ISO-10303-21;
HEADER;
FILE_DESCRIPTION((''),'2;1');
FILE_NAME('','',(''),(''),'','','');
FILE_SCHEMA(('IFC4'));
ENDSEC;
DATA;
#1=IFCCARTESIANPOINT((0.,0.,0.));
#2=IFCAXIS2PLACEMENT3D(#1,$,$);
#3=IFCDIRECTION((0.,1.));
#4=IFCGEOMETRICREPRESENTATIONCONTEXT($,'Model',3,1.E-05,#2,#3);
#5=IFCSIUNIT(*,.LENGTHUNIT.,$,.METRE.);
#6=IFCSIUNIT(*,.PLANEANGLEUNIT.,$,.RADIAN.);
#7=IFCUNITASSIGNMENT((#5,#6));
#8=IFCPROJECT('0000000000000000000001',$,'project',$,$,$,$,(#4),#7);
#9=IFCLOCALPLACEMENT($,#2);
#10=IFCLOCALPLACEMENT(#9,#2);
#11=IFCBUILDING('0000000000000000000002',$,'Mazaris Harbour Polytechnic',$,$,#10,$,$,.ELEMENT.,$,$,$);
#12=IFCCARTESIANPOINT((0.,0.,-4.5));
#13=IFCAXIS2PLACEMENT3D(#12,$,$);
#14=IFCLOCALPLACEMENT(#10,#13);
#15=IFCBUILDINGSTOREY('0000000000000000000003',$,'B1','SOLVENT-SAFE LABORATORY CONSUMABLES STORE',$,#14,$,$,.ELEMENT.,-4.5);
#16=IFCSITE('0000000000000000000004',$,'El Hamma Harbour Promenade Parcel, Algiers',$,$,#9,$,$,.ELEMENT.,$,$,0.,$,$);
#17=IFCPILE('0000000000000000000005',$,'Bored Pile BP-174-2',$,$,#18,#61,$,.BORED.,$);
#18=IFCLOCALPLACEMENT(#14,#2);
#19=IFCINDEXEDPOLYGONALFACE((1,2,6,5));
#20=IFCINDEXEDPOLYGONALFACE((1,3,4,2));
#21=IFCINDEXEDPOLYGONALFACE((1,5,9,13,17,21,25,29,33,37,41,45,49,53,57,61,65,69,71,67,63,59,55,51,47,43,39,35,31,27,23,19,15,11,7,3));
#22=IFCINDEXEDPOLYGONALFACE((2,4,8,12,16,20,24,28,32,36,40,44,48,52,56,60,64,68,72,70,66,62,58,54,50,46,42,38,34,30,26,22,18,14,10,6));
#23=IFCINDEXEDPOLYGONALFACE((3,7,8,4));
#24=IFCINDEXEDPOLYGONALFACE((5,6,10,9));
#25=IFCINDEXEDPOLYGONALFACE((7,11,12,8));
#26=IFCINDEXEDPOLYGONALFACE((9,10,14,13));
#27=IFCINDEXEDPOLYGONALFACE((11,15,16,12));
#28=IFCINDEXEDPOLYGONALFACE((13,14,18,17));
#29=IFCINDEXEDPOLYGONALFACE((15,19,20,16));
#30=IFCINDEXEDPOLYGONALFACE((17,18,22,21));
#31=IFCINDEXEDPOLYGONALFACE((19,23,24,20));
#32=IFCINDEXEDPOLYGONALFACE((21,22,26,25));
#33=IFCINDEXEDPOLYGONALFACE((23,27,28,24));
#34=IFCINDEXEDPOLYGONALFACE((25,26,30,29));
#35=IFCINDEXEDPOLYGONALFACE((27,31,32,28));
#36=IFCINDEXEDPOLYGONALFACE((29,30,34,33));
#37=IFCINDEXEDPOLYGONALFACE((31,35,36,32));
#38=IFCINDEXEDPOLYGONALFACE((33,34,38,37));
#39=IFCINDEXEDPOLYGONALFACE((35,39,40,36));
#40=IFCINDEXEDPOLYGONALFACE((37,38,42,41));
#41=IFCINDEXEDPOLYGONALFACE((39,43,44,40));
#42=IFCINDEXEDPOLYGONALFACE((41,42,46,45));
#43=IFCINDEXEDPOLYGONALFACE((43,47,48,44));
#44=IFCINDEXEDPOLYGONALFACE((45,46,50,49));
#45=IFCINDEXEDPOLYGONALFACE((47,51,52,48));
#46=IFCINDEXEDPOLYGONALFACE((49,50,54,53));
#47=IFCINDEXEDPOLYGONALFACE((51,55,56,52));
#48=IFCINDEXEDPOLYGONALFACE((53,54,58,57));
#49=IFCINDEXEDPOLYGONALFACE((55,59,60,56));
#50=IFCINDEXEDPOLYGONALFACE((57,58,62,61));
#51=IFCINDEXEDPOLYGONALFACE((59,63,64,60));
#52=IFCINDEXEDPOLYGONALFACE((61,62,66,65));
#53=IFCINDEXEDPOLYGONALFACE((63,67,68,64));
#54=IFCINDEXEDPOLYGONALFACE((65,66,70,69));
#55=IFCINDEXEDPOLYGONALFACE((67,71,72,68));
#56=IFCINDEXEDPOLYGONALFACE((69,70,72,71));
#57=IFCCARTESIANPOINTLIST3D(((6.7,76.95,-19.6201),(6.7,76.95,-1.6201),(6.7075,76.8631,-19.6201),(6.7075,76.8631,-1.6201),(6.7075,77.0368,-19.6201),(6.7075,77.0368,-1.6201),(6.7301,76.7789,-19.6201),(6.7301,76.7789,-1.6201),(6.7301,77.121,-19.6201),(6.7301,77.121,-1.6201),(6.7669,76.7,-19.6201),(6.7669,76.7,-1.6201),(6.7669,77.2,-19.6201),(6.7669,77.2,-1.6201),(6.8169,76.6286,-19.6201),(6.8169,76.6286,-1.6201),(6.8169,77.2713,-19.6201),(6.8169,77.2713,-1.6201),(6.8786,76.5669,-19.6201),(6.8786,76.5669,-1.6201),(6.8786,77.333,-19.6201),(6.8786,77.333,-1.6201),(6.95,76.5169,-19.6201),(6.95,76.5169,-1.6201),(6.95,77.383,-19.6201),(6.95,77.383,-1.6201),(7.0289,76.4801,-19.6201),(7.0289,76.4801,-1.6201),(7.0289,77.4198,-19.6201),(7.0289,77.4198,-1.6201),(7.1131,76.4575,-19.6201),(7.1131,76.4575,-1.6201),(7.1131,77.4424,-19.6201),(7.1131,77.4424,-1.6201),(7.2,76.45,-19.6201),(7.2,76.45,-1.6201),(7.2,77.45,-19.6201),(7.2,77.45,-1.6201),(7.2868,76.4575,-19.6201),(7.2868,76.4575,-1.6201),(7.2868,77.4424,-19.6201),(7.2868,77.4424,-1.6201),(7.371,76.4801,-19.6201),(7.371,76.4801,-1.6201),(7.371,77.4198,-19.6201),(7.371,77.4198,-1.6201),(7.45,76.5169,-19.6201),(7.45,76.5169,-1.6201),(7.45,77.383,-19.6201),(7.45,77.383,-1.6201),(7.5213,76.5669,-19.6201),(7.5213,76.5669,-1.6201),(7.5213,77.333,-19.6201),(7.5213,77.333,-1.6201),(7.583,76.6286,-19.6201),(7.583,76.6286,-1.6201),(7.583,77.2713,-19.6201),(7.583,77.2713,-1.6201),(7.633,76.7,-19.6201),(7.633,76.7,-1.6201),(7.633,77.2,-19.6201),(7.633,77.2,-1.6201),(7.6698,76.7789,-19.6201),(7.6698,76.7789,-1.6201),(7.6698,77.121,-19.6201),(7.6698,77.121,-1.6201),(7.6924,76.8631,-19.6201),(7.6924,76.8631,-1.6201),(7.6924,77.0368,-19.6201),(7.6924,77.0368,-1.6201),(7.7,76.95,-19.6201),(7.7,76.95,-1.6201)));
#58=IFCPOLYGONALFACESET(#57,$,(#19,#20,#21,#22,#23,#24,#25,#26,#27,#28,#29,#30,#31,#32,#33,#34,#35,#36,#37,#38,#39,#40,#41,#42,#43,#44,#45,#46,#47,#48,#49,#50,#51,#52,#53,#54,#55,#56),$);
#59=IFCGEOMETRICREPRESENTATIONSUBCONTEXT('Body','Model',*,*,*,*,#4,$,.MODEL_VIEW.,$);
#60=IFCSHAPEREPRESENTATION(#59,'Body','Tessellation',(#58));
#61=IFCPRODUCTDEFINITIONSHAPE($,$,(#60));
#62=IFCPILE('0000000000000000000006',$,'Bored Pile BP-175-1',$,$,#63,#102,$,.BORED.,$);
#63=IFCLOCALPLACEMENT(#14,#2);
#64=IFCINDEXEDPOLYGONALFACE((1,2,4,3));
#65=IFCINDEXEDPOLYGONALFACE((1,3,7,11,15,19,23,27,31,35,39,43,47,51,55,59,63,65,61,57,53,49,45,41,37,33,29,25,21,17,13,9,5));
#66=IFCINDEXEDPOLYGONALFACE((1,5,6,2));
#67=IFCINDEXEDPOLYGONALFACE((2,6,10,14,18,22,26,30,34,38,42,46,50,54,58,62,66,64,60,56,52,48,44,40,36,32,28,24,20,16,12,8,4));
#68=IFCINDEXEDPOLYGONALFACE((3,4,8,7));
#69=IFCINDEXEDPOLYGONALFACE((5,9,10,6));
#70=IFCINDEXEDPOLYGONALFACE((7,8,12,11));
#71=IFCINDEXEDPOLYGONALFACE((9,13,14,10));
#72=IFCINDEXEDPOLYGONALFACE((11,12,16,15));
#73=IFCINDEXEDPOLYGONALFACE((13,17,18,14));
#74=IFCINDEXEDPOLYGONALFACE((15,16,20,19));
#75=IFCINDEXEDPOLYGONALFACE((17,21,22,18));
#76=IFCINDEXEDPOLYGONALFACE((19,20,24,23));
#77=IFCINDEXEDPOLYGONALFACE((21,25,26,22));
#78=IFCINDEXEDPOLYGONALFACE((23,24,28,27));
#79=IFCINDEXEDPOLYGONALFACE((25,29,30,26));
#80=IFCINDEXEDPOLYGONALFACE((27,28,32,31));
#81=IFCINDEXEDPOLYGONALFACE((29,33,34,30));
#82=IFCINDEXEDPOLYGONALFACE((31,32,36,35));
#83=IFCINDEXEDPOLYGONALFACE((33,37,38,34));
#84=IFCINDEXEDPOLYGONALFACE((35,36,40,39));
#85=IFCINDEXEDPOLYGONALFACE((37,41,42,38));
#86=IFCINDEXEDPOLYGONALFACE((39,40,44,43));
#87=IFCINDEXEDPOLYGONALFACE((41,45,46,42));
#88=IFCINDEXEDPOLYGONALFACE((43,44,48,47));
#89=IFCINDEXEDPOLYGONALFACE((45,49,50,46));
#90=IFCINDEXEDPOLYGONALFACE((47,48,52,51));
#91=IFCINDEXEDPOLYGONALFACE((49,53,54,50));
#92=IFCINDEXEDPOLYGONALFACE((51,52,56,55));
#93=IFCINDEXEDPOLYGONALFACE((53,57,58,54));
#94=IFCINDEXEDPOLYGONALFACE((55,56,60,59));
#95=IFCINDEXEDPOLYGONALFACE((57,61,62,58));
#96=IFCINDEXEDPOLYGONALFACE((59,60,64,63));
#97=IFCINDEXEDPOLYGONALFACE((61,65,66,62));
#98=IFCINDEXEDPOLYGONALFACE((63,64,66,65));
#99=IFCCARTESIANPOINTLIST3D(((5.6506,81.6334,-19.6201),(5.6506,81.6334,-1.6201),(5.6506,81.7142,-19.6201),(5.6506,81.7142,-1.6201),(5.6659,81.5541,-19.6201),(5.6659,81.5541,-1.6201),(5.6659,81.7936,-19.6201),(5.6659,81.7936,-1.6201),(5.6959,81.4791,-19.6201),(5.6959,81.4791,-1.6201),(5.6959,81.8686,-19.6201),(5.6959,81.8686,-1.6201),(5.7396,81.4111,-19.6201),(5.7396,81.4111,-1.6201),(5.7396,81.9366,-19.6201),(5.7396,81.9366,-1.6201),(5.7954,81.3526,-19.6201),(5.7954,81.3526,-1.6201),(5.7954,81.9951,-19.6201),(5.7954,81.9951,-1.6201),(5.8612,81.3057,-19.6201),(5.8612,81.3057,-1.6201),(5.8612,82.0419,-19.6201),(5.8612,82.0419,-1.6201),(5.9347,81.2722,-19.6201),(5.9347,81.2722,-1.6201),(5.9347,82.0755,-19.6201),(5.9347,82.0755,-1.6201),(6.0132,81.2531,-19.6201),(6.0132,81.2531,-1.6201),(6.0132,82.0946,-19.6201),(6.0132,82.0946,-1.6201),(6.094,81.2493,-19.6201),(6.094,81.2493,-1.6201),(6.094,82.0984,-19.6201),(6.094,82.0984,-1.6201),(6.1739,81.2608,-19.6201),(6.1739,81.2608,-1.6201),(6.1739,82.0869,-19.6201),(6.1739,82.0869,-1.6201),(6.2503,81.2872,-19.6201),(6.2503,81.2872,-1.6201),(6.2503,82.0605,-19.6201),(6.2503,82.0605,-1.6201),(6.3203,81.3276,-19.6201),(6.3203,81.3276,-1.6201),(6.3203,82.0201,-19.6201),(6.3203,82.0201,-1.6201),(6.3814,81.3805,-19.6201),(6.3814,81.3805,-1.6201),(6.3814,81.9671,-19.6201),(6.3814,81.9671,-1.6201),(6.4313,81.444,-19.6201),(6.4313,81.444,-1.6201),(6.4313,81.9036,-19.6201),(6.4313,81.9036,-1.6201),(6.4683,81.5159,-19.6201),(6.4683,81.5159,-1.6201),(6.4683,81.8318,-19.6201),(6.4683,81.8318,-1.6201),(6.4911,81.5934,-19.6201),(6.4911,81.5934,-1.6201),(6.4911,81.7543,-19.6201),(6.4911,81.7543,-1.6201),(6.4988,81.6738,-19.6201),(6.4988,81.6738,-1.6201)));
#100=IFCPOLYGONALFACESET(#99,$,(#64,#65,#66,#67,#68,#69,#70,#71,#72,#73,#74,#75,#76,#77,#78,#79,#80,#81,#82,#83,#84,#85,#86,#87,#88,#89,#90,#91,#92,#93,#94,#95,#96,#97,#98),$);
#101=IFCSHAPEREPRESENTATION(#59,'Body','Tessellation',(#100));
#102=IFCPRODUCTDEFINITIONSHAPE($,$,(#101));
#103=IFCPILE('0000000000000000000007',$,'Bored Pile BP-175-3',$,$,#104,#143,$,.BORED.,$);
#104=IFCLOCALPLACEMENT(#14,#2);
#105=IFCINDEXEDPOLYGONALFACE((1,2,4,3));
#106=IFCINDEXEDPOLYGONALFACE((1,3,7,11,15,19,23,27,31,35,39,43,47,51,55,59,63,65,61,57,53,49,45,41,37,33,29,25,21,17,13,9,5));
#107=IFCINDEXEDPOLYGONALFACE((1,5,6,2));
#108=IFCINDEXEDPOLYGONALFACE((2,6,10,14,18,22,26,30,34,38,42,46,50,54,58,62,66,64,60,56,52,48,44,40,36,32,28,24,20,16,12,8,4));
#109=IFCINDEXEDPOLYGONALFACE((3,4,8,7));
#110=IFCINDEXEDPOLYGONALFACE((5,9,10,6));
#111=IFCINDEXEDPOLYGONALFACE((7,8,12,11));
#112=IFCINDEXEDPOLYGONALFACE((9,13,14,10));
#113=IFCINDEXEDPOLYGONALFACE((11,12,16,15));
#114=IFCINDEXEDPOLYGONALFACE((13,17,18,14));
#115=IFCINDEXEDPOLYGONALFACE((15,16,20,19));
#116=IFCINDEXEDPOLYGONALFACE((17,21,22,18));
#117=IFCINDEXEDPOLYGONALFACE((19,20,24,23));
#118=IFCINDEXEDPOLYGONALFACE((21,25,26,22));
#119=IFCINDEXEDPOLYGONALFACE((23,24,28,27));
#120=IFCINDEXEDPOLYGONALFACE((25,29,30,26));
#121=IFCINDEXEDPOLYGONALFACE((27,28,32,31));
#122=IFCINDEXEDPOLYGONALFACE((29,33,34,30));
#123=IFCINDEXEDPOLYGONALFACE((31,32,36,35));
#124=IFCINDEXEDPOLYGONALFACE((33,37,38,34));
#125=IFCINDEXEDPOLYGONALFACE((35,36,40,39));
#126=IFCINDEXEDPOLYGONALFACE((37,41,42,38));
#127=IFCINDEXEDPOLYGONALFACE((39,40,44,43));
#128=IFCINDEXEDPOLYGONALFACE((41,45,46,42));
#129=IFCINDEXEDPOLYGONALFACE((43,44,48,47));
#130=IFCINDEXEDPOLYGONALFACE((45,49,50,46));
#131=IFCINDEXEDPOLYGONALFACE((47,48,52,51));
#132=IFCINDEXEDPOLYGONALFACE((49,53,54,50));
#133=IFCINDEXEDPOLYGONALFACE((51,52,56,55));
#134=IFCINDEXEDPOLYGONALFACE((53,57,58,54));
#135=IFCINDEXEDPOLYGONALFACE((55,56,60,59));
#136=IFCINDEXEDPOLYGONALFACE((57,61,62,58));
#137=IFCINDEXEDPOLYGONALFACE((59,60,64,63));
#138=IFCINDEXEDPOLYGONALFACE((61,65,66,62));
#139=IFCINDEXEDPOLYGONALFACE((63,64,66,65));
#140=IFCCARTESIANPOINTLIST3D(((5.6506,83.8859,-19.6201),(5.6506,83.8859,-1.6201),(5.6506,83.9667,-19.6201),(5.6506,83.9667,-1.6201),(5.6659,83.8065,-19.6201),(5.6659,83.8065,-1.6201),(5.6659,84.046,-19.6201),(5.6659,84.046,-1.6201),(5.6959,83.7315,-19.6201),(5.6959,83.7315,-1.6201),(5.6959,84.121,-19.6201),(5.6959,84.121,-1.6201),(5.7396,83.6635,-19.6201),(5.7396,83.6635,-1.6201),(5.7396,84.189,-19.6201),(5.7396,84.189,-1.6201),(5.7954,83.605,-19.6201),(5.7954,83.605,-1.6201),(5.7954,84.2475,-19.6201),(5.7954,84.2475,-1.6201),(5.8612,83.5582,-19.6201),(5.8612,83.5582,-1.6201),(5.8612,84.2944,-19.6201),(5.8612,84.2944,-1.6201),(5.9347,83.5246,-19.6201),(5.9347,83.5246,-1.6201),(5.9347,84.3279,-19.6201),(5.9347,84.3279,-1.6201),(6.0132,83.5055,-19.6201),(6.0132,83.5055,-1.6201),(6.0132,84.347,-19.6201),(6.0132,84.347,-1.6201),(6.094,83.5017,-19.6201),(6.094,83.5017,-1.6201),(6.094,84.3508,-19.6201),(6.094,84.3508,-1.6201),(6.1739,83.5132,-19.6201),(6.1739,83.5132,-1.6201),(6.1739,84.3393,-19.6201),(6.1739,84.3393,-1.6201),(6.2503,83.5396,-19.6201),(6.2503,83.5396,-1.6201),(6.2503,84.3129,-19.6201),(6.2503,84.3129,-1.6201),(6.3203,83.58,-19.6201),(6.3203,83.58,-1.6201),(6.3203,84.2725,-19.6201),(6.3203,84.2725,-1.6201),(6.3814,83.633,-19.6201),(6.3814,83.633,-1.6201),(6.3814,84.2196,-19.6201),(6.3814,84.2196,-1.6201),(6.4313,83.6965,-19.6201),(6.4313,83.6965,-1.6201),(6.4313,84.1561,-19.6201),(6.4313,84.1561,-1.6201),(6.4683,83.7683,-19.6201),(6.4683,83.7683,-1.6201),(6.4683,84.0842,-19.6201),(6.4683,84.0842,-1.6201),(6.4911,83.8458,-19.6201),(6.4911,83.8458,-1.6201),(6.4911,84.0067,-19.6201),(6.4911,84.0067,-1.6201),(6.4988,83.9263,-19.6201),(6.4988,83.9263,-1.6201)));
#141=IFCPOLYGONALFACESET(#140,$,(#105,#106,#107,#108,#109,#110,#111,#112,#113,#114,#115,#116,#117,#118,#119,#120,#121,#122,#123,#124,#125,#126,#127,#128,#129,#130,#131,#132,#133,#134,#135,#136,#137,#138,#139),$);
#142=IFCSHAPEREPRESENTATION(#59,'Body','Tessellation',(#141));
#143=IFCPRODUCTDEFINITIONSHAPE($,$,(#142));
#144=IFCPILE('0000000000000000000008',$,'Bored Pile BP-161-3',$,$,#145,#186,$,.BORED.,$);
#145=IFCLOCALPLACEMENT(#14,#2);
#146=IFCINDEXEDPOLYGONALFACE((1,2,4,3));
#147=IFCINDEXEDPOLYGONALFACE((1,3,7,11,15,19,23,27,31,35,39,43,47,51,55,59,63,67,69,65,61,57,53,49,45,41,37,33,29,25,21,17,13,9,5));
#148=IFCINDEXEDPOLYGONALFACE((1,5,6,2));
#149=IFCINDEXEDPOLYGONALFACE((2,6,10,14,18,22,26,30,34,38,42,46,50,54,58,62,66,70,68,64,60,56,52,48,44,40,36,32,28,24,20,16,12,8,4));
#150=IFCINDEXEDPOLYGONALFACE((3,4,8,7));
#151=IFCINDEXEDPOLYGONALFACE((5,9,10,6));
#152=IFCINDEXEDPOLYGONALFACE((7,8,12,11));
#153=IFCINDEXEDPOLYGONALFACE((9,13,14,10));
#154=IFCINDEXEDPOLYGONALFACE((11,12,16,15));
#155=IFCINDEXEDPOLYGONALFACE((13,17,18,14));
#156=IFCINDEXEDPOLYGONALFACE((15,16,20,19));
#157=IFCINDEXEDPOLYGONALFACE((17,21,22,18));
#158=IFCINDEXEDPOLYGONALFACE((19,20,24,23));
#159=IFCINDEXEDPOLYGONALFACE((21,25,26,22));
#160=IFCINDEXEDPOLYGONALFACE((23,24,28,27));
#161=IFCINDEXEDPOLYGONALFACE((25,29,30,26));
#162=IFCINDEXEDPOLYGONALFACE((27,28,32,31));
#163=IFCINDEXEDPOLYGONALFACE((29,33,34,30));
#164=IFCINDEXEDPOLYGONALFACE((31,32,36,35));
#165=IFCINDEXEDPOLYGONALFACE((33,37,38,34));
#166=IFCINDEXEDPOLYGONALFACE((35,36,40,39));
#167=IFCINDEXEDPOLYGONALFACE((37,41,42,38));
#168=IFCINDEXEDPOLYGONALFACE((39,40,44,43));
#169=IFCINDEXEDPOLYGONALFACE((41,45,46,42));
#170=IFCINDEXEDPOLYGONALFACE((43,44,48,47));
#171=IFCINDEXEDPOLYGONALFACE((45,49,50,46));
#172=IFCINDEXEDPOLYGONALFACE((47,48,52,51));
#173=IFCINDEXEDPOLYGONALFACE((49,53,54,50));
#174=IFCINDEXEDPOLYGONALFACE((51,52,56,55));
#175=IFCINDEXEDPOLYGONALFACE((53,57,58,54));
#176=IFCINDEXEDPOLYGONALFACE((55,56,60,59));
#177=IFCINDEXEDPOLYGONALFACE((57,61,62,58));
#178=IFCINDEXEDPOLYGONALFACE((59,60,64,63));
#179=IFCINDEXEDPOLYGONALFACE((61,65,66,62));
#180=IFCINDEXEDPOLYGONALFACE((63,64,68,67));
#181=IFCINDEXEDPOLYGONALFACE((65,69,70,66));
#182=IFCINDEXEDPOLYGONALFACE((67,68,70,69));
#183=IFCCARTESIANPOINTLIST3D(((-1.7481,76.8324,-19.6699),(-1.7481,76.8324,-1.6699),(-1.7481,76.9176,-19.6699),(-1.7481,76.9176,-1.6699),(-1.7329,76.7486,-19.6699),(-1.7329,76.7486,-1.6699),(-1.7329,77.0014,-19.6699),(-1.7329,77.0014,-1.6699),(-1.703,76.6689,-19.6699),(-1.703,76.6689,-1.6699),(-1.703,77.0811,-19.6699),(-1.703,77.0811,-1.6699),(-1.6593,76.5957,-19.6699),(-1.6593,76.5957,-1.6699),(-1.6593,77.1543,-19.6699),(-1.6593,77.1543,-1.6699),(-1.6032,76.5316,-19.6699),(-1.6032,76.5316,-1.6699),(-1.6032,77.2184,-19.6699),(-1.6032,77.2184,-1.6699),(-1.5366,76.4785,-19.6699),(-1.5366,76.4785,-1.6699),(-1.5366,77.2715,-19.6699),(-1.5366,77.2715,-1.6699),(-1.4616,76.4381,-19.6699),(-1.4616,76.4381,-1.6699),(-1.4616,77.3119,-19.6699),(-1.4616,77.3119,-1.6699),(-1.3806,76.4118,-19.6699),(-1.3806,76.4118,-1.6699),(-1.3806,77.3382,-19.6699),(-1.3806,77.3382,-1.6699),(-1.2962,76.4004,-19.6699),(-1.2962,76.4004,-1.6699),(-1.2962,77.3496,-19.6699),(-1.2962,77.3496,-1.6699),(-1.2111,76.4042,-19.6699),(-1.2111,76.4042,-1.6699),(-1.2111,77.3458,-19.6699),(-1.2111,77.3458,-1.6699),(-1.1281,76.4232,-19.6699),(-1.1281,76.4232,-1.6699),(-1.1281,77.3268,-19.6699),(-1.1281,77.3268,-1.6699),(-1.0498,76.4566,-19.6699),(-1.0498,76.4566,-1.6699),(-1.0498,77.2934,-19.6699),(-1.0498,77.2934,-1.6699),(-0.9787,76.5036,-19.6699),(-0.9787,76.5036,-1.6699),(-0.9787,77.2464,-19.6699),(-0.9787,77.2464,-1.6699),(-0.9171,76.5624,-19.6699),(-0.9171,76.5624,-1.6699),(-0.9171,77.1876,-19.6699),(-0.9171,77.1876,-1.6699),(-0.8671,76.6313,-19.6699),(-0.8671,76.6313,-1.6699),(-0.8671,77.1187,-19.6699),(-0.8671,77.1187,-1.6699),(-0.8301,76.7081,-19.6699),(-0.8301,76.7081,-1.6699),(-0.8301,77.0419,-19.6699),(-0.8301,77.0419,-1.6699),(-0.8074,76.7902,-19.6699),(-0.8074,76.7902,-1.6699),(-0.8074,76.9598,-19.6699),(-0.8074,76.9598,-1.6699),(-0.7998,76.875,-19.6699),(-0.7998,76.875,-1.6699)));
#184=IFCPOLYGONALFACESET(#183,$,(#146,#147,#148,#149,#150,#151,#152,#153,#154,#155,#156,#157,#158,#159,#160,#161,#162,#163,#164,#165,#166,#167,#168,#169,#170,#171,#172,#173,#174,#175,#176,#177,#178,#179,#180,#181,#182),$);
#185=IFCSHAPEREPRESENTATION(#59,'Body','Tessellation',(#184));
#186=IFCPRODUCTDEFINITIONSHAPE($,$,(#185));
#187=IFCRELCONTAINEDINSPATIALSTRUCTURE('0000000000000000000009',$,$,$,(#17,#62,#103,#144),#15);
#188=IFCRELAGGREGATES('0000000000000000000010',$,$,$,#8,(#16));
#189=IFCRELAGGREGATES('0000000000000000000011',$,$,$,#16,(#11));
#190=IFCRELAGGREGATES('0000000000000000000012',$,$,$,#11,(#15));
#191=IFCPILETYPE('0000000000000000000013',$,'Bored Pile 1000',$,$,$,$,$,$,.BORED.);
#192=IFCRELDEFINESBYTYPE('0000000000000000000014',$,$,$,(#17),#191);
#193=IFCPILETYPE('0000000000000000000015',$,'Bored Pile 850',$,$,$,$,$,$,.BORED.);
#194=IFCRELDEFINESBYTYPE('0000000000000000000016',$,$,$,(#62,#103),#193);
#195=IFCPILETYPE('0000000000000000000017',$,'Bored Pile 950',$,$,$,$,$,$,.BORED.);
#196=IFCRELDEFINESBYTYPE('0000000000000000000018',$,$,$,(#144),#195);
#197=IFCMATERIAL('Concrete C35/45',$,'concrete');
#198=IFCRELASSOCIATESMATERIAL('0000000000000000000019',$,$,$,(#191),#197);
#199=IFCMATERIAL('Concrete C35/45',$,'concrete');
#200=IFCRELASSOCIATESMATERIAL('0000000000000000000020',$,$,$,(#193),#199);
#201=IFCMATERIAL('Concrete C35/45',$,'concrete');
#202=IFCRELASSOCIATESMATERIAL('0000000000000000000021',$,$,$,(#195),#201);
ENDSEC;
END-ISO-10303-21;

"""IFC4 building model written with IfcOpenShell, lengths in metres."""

from ifc_helpers import new_model, si_unit, direction, frame, origin, origin_2d, place, context, subcontext, project, spatial, circle, extrude, material, material_profile, profile_set, type_object, element, save


model = new_model("IFC4")

# Units and contexts
model_context = context("Model", 3, precision=1e-05, world=origin(), true_north=direction((0.0, 1.0)))
body_context = subcontext(model_context, "Body", "Model", "MODEL_VIEW")
ifc_project = project(units=[si_unit("LENGTHUNIT", "METRE"), si_unit("PLANEANGLEUNIT", "RADIAN")], contexts=[model_context])

# Site, building, storey
site_placement = place(None, origin())
site = spatial("IfcSite", under=ifc_project, at=site_placement, Name="El Hamma Harbour Promenade Parcel, Algiers", CompositionType="ELEMENT", RefElevation=0.0)
building_placement = place(site_placement, origin())
building = spatial("IfcBuilding", under=site, at=building_placement, Name="Mazaris Harbour Polytechnic", CompositionType="ELEMENT")
storey_placement = place(building_placement, frame((0.0, 0.0, -4.5)))
storey = spatial("IfcBuildingStorey", under=building, at=storey_placement, Name="B1", Description="SOLVENT-SAFE LABORATORY CONSUMABLES STORE", CompositionType="ELEMENT", Elevation=-4.5)

# Piles
ifc_material_1 = material(Name="Concrete C35/45", Category="concrete")
ifc_material_profile_1 = material_profile(ifc_material_1, circle(Radius=0.5, at=origin_2d()), Name="DIA1000")
ifc_profile_set_1 = profile_set([ifc_material_profile_1], Name="Concrete C35/45")
pile_type_1 = type_object("IfcPileType", Name="Bored Pile 1000", PredefinedType="BORED", material=ifc_profile_set_1)
for number, where, z_axis, x_axis, name in (
    (1, (7.2, 76.95, -1.6201), (0.0, 0.0, -1.0), (1.0, 0.0, 0.0), "Bored Pile BP-174-2"),
):
    element("IfcPile", number, at=place(storey_placement, frame(where, z_axis=z_axis, x_axis=x_axis)), inside=storey, type_object=pile_type_1, Name=name, PredefinedType="BORED", context=body_context, shape_type="SweptSolid", body=[
        extrude(circle(Radius=0.5, at=origin_2d()), origin(), (0.0, 0.0, 1.0), 18.0),
    ])
ifc_material_2 = material(Name="Concrete C35/45", Category="concrete")
ifc_material_profile_2 = material_profile(ifc_material_2, circle(Radius=0.425, at=origin_2d()), Name="DIA850")
ifc_profile_set_2 = profile_set([ifc_material_profile_2], Name="Concrete C35/45")
pile_type_2 = type_object("IfcPileType", Name="Bored Pile 850", PredefinedType="BORED", material=ifc_profile_set_2)
for number, where, z_axis, x_axis, name in (
    (2, (6.0737, 81.6738, -1.6201), (0.0, 0.0, -1.0), (1.0, 0.0, 0.0), "Bored Pile BP-175-1"),
    (3, (6.0737, 83.9263, -1.6201), (0.0, 0.0, -1.0), (1.0, 0.0, 0.0), "Bored Pile BP-175-3"),
):
    element("IfcPile", number, at=place(storey_placement, frame(where, z_axis=z_axis, x_axis=x_axis)), inside=storey, type_object=pile_type_2, Name=name, PredefinedType="BORED", context=body_context, shape_type="SweptSolid", body=[
        extrude(circle(Radius=0.425, at=origin_2d()), origin(), (0.0, 0.0, 1.0), 18.0),
    ])
ifc_material_3 = material(Name="Concrete C35/45", Category="concrete")
ifc_material_profile_3 = material_profile(ifc_material_3, circle(Radius=0.4751, at=origin_2d()), Name="DIA950")
ifc_profile_set_3 = profile_set([ifc_material_profile_3], Name="Concrete C35/45")
pile_type_3 = type_object("IfcPileType", Name="Bored Pile 950", PredefinedType="BORED", material=ifc_profile_set_3)
for number, where, z_axis, x_axis, name in (
    (4, (-1.2749, 76.875, -1.6699), (0.0, 0.0, -1.0), (1.0, 0.0, 0.0), "Bored Pile BP-161-3"),
):
    element("IfcPile", number, at=place(storey_placement, frame(where, z_axis=z_axis, x_axis=x_axis)), inside=storey, type_object=pile_type_3, Name=name, PredefinedType="BORED", context=body_context, shape_type="SweptSolid", body=[
        extrude(circle(Radius=0.4751, at=origin_2d()), origin(), (0.0, 0.0, 1.0), 18.0),
    ])

save(model, "model.ifc")
